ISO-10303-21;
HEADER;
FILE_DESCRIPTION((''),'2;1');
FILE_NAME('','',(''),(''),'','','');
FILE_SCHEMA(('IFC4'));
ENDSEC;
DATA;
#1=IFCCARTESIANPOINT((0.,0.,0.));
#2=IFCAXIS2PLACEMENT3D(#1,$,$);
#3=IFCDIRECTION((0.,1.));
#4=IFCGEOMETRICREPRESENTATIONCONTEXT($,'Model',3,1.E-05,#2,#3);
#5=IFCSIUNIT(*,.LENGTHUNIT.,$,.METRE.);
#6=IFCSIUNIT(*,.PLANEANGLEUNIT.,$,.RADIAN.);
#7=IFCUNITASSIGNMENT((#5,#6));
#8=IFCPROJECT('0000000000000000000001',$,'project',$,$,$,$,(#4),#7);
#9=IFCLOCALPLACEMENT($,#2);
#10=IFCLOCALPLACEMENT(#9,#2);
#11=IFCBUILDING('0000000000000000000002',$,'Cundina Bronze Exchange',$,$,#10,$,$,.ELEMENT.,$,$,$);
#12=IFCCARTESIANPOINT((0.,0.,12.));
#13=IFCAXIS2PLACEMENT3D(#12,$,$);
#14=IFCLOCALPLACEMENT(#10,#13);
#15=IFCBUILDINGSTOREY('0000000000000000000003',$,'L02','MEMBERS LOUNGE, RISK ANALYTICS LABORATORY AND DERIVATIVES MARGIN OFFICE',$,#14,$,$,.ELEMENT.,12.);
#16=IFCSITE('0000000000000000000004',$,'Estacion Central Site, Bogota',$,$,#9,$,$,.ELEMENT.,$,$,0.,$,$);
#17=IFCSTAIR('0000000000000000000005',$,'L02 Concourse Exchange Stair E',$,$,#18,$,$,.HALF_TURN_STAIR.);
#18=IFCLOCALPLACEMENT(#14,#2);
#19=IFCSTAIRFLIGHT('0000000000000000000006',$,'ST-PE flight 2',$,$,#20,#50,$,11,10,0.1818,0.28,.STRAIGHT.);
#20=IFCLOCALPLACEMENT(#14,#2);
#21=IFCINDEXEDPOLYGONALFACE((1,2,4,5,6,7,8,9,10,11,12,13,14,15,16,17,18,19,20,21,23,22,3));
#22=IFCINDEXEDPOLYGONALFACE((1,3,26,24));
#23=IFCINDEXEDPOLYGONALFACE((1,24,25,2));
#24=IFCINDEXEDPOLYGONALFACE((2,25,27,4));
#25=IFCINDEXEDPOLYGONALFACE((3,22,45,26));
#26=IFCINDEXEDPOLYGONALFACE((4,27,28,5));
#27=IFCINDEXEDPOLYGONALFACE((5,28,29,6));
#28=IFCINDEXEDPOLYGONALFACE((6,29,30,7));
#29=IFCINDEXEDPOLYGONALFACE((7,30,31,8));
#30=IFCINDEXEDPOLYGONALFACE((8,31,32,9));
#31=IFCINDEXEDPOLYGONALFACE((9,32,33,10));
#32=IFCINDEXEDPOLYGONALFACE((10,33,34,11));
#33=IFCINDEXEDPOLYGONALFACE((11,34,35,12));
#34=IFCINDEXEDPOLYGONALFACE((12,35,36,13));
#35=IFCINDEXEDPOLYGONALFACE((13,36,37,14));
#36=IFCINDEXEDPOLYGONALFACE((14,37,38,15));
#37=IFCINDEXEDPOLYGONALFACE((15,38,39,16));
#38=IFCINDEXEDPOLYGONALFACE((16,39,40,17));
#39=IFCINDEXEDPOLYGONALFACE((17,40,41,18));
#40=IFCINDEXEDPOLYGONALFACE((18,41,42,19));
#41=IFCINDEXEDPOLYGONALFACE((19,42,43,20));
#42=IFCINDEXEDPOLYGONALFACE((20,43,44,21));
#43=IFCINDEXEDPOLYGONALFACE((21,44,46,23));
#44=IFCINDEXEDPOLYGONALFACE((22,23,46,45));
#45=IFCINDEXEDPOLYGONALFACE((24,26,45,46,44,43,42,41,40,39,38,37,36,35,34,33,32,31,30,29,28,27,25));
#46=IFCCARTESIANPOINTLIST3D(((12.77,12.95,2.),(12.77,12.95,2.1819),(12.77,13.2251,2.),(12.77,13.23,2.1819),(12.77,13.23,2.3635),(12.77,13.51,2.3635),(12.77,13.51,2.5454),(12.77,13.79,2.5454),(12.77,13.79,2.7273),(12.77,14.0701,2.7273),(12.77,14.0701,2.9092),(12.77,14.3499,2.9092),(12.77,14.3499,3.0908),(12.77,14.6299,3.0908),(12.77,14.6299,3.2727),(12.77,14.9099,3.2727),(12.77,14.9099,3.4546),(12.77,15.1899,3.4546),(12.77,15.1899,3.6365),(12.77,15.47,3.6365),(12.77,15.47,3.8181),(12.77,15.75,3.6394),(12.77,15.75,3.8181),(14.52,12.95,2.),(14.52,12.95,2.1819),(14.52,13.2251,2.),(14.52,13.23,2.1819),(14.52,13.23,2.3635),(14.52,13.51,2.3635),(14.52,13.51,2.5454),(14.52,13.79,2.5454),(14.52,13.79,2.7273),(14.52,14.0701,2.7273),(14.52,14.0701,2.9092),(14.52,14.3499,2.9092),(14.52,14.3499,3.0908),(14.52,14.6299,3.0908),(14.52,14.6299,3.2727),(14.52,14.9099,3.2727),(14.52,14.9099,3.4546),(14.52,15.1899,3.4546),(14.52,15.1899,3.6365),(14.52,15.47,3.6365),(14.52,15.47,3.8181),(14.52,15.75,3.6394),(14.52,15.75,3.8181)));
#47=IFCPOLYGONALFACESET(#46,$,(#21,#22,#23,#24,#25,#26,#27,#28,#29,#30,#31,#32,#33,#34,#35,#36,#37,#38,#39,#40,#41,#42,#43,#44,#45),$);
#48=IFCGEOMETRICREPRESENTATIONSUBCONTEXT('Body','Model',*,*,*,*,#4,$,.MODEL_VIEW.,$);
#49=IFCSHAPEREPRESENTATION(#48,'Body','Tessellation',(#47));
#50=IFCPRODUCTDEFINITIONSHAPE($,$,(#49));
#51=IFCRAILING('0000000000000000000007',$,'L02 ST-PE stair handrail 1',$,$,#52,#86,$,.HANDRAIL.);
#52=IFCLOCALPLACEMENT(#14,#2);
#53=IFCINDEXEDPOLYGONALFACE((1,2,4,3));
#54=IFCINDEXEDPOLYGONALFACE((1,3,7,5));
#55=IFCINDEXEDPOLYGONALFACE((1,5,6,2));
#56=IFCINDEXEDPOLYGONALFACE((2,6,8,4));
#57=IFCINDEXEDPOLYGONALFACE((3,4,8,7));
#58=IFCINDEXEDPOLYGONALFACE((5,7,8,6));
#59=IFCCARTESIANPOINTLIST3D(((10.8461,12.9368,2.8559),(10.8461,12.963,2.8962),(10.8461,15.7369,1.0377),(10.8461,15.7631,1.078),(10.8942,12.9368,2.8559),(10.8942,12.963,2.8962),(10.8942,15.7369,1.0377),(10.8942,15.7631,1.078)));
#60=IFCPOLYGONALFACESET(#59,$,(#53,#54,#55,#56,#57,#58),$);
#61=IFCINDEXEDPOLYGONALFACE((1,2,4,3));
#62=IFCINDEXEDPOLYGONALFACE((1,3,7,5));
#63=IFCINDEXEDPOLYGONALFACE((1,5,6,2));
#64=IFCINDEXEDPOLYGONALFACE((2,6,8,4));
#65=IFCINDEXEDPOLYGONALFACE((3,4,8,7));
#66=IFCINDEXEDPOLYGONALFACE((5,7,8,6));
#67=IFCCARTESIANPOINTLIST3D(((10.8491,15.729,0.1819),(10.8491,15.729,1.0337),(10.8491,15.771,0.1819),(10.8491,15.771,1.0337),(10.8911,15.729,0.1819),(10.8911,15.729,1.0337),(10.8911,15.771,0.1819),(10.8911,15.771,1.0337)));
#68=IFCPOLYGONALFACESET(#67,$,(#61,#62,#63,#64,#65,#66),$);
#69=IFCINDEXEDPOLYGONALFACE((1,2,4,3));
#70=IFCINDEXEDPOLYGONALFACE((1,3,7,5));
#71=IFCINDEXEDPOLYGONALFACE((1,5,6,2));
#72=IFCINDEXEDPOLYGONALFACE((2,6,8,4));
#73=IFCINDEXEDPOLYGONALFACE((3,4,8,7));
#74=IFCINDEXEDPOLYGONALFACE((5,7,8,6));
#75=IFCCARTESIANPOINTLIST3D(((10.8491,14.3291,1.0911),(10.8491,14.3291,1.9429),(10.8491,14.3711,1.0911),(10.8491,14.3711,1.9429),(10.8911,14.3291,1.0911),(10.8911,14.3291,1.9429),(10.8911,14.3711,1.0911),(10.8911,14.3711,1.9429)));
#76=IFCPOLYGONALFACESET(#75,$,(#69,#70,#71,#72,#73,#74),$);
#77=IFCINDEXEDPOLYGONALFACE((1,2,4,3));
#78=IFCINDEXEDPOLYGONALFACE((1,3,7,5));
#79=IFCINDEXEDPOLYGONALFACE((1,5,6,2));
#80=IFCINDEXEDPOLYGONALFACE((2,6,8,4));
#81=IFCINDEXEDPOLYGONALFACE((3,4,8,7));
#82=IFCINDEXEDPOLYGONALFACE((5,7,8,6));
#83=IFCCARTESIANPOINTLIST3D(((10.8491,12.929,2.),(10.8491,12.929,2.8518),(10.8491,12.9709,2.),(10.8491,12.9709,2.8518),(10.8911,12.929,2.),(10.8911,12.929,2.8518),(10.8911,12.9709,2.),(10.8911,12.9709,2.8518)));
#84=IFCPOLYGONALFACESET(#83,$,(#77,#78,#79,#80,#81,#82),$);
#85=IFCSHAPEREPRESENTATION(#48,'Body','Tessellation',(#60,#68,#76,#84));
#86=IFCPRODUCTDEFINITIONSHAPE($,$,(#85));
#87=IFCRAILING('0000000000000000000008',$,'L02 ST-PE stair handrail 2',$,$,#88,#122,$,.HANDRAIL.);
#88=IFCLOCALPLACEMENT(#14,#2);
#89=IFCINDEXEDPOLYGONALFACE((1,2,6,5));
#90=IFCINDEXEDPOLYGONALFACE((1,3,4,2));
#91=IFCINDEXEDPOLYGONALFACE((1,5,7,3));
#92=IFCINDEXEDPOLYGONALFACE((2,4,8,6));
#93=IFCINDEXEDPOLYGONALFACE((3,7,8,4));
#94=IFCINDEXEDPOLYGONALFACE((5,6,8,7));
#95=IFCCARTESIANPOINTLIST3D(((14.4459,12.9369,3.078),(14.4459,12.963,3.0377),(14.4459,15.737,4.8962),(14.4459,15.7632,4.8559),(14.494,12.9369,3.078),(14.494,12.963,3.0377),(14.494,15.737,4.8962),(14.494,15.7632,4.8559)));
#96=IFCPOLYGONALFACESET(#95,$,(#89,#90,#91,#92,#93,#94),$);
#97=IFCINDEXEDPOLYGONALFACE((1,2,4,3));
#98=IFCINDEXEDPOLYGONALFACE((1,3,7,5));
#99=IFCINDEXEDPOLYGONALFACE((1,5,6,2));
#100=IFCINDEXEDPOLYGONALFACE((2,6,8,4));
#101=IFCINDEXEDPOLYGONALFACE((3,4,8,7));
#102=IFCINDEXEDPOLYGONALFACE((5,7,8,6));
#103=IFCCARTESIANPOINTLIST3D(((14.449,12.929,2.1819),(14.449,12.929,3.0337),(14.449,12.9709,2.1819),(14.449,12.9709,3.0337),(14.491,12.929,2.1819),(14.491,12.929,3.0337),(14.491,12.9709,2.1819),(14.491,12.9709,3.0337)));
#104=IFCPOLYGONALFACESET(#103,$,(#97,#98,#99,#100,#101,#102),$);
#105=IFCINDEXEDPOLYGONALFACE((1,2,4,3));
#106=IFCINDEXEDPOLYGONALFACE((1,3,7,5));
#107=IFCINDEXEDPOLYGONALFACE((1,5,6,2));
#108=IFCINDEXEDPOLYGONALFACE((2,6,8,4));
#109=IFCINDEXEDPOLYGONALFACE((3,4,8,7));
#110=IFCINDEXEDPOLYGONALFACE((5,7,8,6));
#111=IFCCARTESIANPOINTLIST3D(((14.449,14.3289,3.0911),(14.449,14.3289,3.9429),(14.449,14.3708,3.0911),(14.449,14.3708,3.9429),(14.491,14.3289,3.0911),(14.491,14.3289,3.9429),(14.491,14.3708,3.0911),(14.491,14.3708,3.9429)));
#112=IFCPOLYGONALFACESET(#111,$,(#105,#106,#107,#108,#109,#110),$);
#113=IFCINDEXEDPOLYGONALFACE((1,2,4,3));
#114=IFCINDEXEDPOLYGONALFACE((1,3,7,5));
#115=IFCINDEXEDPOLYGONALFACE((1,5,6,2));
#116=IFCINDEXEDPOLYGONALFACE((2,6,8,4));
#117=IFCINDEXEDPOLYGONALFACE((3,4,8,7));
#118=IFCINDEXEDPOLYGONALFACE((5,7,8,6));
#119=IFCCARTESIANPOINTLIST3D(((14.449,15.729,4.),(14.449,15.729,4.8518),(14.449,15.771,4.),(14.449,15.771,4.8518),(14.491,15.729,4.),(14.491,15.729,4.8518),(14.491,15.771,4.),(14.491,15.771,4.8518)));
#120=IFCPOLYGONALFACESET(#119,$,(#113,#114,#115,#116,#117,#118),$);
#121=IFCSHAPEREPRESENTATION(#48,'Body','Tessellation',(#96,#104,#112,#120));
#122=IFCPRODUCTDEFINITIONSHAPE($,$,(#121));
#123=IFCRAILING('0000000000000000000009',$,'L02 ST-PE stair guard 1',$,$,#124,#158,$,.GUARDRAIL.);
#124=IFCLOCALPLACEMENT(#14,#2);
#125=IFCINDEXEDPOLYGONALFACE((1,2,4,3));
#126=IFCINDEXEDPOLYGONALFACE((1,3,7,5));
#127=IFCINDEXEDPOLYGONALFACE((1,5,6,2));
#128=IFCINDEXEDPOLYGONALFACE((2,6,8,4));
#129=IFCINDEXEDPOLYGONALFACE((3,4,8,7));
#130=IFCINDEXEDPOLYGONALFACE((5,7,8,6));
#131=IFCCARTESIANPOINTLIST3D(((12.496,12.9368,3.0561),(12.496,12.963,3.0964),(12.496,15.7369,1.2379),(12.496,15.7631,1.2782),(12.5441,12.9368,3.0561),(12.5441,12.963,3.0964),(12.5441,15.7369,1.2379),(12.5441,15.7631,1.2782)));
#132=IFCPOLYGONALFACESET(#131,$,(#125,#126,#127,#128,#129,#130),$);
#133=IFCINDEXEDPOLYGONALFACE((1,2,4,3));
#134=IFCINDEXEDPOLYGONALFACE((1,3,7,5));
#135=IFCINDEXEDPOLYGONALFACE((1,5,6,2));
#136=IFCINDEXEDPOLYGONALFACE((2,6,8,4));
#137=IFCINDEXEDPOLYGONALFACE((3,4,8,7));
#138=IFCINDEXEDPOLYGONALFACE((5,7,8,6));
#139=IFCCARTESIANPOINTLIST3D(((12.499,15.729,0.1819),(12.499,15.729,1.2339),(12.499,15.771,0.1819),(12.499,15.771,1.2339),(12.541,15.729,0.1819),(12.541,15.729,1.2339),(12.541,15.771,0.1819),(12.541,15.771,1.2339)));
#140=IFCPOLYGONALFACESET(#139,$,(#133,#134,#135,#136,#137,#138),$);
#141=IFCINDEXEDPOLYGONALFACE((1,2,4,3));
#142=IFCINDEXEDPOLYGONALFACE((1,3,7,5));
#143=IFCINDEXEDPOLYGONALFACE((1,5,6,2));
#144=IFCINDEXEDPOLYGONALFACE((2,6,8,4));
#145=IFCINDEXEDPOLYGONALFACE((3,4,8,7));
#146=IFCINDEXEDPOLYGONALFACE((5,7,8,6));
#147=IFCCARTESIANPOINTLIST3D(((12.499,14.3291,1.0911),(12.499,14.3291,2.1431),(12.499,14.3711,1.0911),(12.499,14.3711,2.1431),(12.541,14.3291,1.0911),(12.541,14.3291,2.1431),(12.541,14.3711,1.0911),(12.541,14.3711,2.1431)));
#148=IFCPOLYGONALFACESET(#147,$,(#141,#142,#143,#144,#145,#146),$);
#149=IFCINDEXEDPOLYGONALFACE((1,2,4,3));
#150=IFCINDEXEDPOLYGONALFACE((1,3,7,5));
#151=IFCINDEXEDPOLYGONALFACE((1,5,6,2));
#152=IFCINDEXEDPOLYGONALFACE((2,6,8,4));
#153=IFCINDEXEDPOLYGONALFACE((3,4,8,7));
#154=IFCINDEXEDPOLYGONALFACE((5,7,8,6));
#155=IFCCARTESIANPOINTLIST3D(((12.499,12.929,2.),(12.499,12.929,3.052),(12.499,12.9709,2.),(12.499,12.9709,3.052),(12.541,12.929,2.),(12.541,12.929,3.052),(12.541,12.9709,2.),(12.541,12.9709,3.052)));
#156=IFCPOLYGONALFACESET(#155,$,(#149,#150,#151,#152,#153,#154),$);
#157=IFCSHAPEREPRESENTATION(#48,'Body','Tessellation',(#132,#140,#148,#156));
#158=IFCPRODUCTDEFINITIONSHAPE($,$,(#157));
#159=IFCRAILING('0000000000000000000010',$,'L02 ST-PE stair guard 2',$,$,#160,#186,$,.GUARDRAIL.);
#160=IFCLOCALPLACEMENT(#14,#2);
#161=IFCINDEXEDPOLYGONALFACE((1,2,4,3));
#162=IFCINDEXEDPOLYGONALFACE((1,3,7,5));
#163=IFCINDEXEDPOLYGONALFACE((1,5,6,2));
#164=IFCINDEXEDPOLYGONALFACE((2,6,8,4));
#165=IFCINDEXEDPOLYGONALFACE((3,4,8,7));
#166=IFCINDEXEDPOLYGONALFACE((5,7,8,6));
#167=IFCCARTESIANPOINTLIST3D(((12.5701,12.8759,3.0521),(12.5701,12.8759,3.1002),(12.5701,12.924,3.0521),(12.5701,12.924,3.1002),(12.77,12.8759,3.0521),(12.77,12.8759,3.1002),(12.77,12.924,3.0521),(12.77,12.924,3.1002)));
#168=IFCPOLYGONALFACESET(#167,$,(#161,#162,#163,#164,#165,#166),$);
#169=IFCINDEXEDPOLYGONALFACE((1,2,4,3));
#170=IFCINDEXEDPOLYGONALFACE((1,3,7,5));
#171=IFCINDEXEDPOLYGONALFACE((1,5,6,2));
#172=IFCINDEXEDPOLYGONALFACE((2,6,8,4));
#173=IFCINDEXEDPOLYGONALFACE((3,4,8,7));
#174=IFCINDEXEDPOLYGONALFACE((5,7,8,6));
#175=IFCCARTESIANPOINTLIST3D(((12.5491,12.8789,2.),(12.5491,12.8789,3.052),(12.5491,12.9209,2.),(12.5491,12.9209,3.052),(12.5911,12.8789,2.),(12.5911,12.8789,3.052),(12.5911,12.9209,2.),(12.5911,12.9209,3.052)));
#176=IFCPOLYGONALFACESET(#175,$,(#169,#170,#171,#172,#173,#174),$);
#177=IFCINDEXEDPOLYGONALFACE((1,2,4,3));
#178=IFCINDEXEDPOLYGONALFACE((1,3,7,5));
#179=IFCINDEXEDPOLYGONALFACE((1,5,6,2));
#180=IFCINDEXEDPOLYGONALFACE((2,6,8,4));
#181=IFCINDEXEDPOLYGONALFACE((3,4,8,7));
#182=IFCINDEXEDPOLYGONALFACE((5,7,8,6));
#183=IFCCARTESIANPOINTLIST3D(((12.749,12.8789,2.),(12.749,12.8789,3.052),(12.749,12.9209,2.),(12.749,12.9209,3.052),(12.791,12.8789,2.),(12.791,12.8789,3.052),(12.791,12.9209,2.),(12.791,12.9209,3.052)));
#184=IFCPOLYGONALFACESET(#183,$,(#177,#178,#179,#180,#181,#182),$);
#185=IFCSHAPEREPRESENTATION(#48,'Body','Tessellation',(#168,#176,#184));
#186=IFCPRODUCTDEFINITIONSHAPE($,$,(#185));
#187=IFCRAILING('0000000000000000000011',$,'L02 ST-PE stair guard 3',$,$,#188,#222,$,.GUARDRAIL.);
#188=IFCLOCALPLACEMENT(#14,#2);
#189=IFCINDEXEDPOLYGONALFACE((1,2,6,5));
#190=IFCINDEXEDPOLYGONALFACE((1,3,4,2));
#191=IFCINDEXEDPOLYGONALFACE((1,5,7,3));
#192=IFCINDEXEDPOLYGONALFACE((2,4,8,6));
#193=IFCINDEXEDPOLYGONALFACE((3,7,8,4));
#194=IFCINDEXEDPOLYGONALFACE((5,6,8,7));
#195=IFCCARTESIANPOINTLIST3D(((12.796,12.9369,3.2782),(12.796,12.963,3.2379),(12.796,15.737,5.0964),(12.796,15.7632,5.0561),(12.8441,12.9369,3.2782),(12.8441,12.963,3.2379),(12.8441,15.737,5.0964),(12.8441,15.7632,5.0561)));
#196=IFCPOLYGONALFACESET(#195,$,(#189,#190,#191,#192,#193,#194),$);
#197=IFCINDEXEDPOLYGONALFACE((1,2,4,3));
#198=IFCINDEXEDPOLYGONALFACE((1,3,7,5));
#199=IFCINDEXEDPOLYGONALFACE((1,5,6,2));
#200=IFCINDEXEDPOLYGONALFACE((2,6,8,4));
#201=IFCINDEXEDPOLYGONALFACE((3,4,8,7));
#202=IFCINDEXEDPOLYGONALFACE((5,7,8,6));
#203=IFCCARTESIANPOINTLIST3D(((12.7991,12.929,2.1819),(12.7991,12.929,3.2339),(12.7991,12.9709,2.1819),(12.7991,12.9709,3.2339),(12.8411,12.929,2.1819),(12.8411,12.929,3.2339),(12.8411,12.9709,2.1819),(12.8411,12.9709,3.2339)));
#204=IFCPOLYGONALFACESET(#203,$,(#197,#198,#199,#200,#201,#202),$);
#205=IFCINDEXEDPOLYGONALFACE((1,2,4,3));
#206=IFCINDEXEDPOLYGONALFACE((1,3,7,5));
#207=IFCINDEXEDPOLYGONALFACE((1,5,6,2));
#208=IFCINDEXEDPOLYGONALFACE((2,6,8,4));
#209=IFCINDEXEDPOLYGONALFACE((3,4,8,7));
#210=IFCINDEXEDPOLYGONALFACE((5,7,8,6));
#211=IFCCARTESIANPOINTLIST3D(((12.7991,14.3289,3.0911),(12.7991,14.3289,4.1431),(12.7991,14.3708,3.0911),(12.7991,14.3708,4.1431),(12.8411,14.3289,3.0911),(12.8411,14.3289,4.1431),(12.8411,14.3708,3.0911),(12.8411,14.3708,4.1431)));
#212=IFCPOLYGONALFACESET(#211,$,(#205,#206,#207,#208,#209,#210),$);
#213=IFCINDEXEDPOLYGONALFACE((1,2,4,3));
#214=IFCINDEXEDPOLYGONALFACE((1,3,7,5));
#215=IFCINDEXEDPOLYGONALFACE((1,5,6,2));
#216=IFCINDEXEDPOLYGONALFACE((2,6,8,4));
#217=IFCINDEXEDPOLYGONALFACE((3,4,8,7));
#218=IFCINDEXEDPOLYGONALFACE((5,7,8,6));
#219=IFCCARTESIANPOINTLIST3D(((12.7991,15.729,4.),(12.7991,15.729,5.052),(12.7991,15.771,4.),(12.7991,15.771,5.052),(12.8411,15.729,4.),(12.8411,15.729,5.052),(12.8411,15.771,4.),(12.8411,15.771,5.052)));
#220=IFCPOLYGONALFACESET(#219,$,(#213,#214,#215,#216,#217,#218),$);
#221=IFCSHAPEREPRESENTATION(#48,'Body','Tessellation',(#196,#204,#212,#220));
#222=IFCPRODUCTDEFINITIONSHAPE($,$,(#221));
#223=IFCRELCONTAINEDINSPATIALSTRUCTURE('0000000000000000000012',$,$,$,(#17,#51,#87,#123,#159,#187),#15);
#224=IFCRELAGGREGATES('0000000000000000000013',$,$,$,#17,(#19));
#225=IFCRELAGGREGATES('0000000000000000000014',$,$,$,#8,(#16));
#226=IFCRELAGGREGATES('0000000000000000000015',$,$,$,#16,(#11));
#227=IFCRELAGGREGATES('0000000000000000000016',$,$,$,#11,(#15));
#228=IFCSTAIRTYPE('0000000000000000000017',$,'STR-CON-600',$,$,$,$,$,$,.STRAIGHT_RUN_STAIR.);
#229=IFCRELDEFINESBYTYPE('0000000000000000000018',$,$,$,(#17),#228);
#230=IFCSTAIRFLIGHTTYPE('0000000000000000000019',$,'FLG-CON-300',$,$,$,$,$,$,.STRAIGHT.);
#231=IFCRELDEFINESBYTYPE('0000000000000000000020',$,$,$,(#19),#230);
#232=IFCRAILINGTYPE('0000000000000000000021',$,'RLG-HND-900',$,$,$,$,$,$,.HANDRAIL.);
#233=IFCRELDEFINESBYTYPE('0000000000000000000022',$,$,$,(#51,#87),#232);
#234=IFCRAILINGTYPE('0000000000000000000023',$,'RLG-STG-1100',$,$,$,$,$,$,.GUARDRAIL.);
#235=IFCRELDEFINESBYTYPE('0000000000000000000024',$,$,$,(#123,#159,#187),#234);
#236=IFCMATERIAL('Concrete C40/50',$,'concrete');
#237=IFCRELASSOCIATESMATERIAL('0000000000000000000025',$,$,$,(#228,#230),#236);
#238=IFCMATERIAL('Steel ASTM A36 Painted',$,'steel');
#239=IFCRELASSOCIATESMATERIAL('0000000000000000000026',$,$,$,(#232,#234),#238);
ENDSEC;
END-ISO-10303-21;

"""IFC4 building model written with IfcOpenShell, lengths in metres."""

from ifc_helpers import new_model, si_unit, direction, frame, origin, origin_2d, place, context, subcontext, project, spatial, polyline, rectangle, outline, extrude, material, type_object, element, aggregate, save


model = new_model("IFC4")

# Units and contexts
model_context = context("Model", 3, precision=1e-05, world=origin(), true_north=direction((0.0, 1.0)))
body_context = subcontext(model_context, "Body", "Model", "MODEL_VIEW")
ifc_project = project(units=[si_unit("LENGTHUNIT", "METRE"), si_unit("PLANEANGLEUNIT", "RADIAN")], contexts=[model_context])

# Site, building, storey
site_placement = place(None, origin())
site = spatial("IfcSite", under=ifc_project, at=site_placement, Name="Estacion Central Site, Bogota", CompositionType="ELEMENT", RefElevation=0.0)
building_placement = place(site_placement, origin())
building = spatial("IfcBuilding", under=site, at=building_placement, Name="Cundina Bronze Exchange", CompositionType="ELEMENT")
storey_placement = place(building_placement, frame((0.0, 0.0, 12.0)))
storey = spatial("IfcBuildingStorey", under=building, at=storey_placement, Name="L02", Description="MEMBERS LOUNGE, RISK ANALYTICS LABORATORY AND DERIVATIVES MARGIN OFFICE", CompositionType="ELEMENT", Elevation=12.0)

# Shared definitions
ifc_material_1 = material(Name="Concrete C40/50", Category="concrete")

# Shared definitions
ifc_material_2 = material(Name="Steel ASTM A36 Painted", Category="steel")

# Stair, stair flight
stair_type = type_object("IfcStairType", Name="STR-CON-600", PredefinedType="STRAIGHT_RUN_STAIR", material=ifc_material_1)
stair_placement = place(storey_placement, origin())
stair = element("IfcStair", 1, at=stair_placement, inside=storey, type_object=stair_type, Name="L02 Concourse Exchange Stair E", PredefinedType="HALF_TURN_STAIR")
stair_flight_type = type_object("IfcStairFlightType", Name="FLG-CON-300", PredefinedType="STRAIGHT", material=ifc_material_1)
stair_flight_1_placement = place(storey_placement, frame((13.645, 12.95, 2.0), z_axis=(0.0, 0.0, 1.0), x_axis=(0.0, 1.0, 0.0)))
stair_flight_1 = element("IfcStairFlight", 2, at=stair_flight_1_placement, type_object=stair_flight_type, Name="ST-PE flight 2", NumberOfRisers=11, NumberOfTreads=10, PredefinedType="STRAIGHT", RiserHeight=0.1818, TreadLength=0.28, context=body_context, shape_type="SweptSolid", body=[
    extrude(outline(polyline([(0.0, 0.0), (0.0, 0.1819), (0.28, 0.1819), (0.28, 0.3635), (0.5601, 0.3635), (0.5601, 0.5454), (0.8401, 0.5454), (0.8401, 0.7273), (1.1201, 0.7273), (1.1201, 0.9092), (1.3999, 0.9092), (1.3999, 1.0908), (1.6799, 1.0908), (1.6799, 1.2727), (1.96, 1.2727), (1.96, 1.4546), (2.24, 1.4546), (2.24, 1.6365), (2.52, 1.6365), (2.52, 1.8181), (2.8, 1.8181), (2.8, 2.0), (2.8, 1.6394), (0.2751, 0.0), (0.0, 0.0)])), frame((0.0, 0.875, 0.0), z_axis=(0.0, -1.0, 0.0), x_axis=(1.0, 0.0, 0.0)), (0.0, 0.0, 1.0), 1.75),
])
aggregate(stair, [stair_flight_1])

# Railings
railing_type_1 = type_object("IfcRailingType", Name="RLG-HND-900", PredefinedType="HANDRAIL", material=ifc_material_2)
railing_1_placement = place(storey_placement, frame((10.8701, 15.75, 0.1819)))
element("IfcRailing", 3, at=railing_1_placement, inside=storey, type_object=railing_type_1, Name="L02 ST-PE stair handrail 1", PredefinedType="HANDRAIL", context=body_context, shape_type="SweptSolid", body=[
    extrude(rectangle(XDim=0.0481, YDim=0.0481, at=origin_2d()), frame((0.0, 0.0, 0.876), z_axis=(0.0, -0.838706, 0.544585), x_axis=(1.0, 0.0, 0.0)), (0.0, 0.0, 1.0), 3.3386),
    extrude(rectangle(XDim=0.042, YDim=0.042, at=origin_2d()), origin(), (0.0, 0.0, 1.0), 0.8518),
    extrude(rectangle(XDim=0.042, YDim=0.042, at=origin_2d()), frame((0.0, -1.3999, 0.9092)), (0.0, 0.0, 1.0), 0.8518),
    extrude(rectangle(XDim=0.042, YDim=0.042, at=origin_2d()), frame((0.0, -2.8, 1.8181)), (0.0, 0.0, 1.0), 0.8518),
])
railing_2_placement = place(storey_placement, frame((14.47, 12.95, 2.1819)))
element("IfcRailing", 4, at=railing_2_placement, inside=storey, type_object=railing_type_1, Name="L02 ST-PE stair handrail 2", PredefinedType="HANDRAIL", context=body_context, shape_type="SweptSolid", body=[
    extrude(rectangle(XDim=0.0481, YDim=0.0481, at=origin_2d()), frame((0.0, 0.0, 0.876), z_axis=(0.0, 0.838706, 0.544585), x_axis=(-1.0, 0.0, 0.0)), (0.0, 0.0, 1.0), 3.3386),
    extrude(rectangle(XDim=0.042, YDim=0.042, at=origin_2d()), origin(), (0.0, 0.0, 1.0), 0.8518),
    extrude(rectangle(XDim=0.042, YDim=0.042, at=origin_2d()), frame((0.0, 1.3999, 0.9092)), (0.0, 0.0, 1.0), 0.8518),
    extrude(rectangle(XDim=0.042, YDim=0.042, at=origin_2d()), frame((0.0, 2.8, 1.8181)), (0.0, 0.0, 1.0), 0.8518),
])
railing_type_2 = type_object("IfcRailingType", Name="RLG-STG-1100", PredefinedType="GUARDRAIL", material=ifc_material_2)
railing_3_placement = place(storey_placement, frame((12.52, 15.75, 0.1819)))
element("IfcRailing", 5, at=railing_3_placement, inside=storey, type_object=railing_type_2, Name="L02 ST-PE stair guard 1", PredefinedType="GUARDRAIL", context=body_context, shape_type="SweptSolid", body=[
    extrude(rectangle(XDim=0.0481, YDim=0.0481, at=origin_2d()), frame((0.0, 0.0, 1.0762), z_axis=(0.0, -0.838706, 0.544585), x_axis=(1.0, 0.0, 0.0)), (0.0, 0.0, 1.0), 3.3386),
    extrude(rectangle(XDim=0.042, YDim=0.042, at=origin_2d()), origin(), (0.0, 0.0, 1.0), 1.052),
    extrude(rectangle(XDim=0.042, YDim=0.042, at=origin_2d()), frame((0.0, -1.3999, 0.9092)), (0.0, 0.0, 1.0), 1.052),
    extrude(rectangle(XDim=0.042, YDim=0.042, at=origin_2d()), frame((0.0, -2.8, 1.8181)), (0.0, 0.0, 1.0), 1.052),
])
railing_4_placement = place(storey_placement, frame((12.5701, 12.8999, 2.0)))
element("IfcRailing", 6, at=railing_4_placement, inside=storey, type_object=railing_type_2, Name="L02 ST-PE stair guard 2", PredefinedType="GUARDRAIL", context=body_context, shape_type="SweptSolid", body=[
    extrude(rectangle(XDim=0.0481, YDim=0.0481, at=origin_2d()), frame((0.0, 0.0, 1.0762), z_axis=(1.0, 0.0, 0.0), x_axis=(0.0, 1.0, 0.0)), (0.0, 0.0, 1.0), 0.2),
    extrude(rectangle(XDim=0.042, YDim=0.042, at=origin_2d()), origin(), (0.0, 0.0, 1.0), 1.052),
    extrude(rectangle(XDim=0.042, YDim=0.042, at=origin_2d()), frame((0.2, 0.0, 0.0)), (0.0, 0.0, 1.0), 1.052),
])
railing_5_placement = place(storey_placement, frame((12.8201, 12.95, 2.1819)))
element("IfcRailing", 7, at=railing_5_placement, inside=storey, type_object=railing_type_2, Name="L02 ST-PE stair guard 3", PredefinedType="GUARDRAIL", context=body_context, shape_type="SweptSolid", body=[
    extrude(rectangle(XDim=0.0481, YDim=0.0481, at=origin_2d()), frame((0.0, 0.0, 1.0762), z_axis=(0.0, 0.838706, 0.544585), x_axis=(-1.0, 0.0, 0.0)), (0.0, 0.0, 1.0), 3.3386),
    extrude(rectangle(XDim=0.042, YDim=0.042, at=origin_2d()), origin(), (0.0, 0.0, 1.0), 1.052),
    extrude(rectangle(XDim=0.042, YDim=0.042, at=origin_2d()), frame((0.0, 1.3999, 0.9092)), (0.0, 0.0, 1.0), 1.052),
    extrude(rectangle(XDim=0.042, YDim=0.042, at=origin_2d()), frame((0.0, 2.8, 1.8181)), (0.0, 0.0, 1.0), 1.052),
])

save(model, "model.ifc")
